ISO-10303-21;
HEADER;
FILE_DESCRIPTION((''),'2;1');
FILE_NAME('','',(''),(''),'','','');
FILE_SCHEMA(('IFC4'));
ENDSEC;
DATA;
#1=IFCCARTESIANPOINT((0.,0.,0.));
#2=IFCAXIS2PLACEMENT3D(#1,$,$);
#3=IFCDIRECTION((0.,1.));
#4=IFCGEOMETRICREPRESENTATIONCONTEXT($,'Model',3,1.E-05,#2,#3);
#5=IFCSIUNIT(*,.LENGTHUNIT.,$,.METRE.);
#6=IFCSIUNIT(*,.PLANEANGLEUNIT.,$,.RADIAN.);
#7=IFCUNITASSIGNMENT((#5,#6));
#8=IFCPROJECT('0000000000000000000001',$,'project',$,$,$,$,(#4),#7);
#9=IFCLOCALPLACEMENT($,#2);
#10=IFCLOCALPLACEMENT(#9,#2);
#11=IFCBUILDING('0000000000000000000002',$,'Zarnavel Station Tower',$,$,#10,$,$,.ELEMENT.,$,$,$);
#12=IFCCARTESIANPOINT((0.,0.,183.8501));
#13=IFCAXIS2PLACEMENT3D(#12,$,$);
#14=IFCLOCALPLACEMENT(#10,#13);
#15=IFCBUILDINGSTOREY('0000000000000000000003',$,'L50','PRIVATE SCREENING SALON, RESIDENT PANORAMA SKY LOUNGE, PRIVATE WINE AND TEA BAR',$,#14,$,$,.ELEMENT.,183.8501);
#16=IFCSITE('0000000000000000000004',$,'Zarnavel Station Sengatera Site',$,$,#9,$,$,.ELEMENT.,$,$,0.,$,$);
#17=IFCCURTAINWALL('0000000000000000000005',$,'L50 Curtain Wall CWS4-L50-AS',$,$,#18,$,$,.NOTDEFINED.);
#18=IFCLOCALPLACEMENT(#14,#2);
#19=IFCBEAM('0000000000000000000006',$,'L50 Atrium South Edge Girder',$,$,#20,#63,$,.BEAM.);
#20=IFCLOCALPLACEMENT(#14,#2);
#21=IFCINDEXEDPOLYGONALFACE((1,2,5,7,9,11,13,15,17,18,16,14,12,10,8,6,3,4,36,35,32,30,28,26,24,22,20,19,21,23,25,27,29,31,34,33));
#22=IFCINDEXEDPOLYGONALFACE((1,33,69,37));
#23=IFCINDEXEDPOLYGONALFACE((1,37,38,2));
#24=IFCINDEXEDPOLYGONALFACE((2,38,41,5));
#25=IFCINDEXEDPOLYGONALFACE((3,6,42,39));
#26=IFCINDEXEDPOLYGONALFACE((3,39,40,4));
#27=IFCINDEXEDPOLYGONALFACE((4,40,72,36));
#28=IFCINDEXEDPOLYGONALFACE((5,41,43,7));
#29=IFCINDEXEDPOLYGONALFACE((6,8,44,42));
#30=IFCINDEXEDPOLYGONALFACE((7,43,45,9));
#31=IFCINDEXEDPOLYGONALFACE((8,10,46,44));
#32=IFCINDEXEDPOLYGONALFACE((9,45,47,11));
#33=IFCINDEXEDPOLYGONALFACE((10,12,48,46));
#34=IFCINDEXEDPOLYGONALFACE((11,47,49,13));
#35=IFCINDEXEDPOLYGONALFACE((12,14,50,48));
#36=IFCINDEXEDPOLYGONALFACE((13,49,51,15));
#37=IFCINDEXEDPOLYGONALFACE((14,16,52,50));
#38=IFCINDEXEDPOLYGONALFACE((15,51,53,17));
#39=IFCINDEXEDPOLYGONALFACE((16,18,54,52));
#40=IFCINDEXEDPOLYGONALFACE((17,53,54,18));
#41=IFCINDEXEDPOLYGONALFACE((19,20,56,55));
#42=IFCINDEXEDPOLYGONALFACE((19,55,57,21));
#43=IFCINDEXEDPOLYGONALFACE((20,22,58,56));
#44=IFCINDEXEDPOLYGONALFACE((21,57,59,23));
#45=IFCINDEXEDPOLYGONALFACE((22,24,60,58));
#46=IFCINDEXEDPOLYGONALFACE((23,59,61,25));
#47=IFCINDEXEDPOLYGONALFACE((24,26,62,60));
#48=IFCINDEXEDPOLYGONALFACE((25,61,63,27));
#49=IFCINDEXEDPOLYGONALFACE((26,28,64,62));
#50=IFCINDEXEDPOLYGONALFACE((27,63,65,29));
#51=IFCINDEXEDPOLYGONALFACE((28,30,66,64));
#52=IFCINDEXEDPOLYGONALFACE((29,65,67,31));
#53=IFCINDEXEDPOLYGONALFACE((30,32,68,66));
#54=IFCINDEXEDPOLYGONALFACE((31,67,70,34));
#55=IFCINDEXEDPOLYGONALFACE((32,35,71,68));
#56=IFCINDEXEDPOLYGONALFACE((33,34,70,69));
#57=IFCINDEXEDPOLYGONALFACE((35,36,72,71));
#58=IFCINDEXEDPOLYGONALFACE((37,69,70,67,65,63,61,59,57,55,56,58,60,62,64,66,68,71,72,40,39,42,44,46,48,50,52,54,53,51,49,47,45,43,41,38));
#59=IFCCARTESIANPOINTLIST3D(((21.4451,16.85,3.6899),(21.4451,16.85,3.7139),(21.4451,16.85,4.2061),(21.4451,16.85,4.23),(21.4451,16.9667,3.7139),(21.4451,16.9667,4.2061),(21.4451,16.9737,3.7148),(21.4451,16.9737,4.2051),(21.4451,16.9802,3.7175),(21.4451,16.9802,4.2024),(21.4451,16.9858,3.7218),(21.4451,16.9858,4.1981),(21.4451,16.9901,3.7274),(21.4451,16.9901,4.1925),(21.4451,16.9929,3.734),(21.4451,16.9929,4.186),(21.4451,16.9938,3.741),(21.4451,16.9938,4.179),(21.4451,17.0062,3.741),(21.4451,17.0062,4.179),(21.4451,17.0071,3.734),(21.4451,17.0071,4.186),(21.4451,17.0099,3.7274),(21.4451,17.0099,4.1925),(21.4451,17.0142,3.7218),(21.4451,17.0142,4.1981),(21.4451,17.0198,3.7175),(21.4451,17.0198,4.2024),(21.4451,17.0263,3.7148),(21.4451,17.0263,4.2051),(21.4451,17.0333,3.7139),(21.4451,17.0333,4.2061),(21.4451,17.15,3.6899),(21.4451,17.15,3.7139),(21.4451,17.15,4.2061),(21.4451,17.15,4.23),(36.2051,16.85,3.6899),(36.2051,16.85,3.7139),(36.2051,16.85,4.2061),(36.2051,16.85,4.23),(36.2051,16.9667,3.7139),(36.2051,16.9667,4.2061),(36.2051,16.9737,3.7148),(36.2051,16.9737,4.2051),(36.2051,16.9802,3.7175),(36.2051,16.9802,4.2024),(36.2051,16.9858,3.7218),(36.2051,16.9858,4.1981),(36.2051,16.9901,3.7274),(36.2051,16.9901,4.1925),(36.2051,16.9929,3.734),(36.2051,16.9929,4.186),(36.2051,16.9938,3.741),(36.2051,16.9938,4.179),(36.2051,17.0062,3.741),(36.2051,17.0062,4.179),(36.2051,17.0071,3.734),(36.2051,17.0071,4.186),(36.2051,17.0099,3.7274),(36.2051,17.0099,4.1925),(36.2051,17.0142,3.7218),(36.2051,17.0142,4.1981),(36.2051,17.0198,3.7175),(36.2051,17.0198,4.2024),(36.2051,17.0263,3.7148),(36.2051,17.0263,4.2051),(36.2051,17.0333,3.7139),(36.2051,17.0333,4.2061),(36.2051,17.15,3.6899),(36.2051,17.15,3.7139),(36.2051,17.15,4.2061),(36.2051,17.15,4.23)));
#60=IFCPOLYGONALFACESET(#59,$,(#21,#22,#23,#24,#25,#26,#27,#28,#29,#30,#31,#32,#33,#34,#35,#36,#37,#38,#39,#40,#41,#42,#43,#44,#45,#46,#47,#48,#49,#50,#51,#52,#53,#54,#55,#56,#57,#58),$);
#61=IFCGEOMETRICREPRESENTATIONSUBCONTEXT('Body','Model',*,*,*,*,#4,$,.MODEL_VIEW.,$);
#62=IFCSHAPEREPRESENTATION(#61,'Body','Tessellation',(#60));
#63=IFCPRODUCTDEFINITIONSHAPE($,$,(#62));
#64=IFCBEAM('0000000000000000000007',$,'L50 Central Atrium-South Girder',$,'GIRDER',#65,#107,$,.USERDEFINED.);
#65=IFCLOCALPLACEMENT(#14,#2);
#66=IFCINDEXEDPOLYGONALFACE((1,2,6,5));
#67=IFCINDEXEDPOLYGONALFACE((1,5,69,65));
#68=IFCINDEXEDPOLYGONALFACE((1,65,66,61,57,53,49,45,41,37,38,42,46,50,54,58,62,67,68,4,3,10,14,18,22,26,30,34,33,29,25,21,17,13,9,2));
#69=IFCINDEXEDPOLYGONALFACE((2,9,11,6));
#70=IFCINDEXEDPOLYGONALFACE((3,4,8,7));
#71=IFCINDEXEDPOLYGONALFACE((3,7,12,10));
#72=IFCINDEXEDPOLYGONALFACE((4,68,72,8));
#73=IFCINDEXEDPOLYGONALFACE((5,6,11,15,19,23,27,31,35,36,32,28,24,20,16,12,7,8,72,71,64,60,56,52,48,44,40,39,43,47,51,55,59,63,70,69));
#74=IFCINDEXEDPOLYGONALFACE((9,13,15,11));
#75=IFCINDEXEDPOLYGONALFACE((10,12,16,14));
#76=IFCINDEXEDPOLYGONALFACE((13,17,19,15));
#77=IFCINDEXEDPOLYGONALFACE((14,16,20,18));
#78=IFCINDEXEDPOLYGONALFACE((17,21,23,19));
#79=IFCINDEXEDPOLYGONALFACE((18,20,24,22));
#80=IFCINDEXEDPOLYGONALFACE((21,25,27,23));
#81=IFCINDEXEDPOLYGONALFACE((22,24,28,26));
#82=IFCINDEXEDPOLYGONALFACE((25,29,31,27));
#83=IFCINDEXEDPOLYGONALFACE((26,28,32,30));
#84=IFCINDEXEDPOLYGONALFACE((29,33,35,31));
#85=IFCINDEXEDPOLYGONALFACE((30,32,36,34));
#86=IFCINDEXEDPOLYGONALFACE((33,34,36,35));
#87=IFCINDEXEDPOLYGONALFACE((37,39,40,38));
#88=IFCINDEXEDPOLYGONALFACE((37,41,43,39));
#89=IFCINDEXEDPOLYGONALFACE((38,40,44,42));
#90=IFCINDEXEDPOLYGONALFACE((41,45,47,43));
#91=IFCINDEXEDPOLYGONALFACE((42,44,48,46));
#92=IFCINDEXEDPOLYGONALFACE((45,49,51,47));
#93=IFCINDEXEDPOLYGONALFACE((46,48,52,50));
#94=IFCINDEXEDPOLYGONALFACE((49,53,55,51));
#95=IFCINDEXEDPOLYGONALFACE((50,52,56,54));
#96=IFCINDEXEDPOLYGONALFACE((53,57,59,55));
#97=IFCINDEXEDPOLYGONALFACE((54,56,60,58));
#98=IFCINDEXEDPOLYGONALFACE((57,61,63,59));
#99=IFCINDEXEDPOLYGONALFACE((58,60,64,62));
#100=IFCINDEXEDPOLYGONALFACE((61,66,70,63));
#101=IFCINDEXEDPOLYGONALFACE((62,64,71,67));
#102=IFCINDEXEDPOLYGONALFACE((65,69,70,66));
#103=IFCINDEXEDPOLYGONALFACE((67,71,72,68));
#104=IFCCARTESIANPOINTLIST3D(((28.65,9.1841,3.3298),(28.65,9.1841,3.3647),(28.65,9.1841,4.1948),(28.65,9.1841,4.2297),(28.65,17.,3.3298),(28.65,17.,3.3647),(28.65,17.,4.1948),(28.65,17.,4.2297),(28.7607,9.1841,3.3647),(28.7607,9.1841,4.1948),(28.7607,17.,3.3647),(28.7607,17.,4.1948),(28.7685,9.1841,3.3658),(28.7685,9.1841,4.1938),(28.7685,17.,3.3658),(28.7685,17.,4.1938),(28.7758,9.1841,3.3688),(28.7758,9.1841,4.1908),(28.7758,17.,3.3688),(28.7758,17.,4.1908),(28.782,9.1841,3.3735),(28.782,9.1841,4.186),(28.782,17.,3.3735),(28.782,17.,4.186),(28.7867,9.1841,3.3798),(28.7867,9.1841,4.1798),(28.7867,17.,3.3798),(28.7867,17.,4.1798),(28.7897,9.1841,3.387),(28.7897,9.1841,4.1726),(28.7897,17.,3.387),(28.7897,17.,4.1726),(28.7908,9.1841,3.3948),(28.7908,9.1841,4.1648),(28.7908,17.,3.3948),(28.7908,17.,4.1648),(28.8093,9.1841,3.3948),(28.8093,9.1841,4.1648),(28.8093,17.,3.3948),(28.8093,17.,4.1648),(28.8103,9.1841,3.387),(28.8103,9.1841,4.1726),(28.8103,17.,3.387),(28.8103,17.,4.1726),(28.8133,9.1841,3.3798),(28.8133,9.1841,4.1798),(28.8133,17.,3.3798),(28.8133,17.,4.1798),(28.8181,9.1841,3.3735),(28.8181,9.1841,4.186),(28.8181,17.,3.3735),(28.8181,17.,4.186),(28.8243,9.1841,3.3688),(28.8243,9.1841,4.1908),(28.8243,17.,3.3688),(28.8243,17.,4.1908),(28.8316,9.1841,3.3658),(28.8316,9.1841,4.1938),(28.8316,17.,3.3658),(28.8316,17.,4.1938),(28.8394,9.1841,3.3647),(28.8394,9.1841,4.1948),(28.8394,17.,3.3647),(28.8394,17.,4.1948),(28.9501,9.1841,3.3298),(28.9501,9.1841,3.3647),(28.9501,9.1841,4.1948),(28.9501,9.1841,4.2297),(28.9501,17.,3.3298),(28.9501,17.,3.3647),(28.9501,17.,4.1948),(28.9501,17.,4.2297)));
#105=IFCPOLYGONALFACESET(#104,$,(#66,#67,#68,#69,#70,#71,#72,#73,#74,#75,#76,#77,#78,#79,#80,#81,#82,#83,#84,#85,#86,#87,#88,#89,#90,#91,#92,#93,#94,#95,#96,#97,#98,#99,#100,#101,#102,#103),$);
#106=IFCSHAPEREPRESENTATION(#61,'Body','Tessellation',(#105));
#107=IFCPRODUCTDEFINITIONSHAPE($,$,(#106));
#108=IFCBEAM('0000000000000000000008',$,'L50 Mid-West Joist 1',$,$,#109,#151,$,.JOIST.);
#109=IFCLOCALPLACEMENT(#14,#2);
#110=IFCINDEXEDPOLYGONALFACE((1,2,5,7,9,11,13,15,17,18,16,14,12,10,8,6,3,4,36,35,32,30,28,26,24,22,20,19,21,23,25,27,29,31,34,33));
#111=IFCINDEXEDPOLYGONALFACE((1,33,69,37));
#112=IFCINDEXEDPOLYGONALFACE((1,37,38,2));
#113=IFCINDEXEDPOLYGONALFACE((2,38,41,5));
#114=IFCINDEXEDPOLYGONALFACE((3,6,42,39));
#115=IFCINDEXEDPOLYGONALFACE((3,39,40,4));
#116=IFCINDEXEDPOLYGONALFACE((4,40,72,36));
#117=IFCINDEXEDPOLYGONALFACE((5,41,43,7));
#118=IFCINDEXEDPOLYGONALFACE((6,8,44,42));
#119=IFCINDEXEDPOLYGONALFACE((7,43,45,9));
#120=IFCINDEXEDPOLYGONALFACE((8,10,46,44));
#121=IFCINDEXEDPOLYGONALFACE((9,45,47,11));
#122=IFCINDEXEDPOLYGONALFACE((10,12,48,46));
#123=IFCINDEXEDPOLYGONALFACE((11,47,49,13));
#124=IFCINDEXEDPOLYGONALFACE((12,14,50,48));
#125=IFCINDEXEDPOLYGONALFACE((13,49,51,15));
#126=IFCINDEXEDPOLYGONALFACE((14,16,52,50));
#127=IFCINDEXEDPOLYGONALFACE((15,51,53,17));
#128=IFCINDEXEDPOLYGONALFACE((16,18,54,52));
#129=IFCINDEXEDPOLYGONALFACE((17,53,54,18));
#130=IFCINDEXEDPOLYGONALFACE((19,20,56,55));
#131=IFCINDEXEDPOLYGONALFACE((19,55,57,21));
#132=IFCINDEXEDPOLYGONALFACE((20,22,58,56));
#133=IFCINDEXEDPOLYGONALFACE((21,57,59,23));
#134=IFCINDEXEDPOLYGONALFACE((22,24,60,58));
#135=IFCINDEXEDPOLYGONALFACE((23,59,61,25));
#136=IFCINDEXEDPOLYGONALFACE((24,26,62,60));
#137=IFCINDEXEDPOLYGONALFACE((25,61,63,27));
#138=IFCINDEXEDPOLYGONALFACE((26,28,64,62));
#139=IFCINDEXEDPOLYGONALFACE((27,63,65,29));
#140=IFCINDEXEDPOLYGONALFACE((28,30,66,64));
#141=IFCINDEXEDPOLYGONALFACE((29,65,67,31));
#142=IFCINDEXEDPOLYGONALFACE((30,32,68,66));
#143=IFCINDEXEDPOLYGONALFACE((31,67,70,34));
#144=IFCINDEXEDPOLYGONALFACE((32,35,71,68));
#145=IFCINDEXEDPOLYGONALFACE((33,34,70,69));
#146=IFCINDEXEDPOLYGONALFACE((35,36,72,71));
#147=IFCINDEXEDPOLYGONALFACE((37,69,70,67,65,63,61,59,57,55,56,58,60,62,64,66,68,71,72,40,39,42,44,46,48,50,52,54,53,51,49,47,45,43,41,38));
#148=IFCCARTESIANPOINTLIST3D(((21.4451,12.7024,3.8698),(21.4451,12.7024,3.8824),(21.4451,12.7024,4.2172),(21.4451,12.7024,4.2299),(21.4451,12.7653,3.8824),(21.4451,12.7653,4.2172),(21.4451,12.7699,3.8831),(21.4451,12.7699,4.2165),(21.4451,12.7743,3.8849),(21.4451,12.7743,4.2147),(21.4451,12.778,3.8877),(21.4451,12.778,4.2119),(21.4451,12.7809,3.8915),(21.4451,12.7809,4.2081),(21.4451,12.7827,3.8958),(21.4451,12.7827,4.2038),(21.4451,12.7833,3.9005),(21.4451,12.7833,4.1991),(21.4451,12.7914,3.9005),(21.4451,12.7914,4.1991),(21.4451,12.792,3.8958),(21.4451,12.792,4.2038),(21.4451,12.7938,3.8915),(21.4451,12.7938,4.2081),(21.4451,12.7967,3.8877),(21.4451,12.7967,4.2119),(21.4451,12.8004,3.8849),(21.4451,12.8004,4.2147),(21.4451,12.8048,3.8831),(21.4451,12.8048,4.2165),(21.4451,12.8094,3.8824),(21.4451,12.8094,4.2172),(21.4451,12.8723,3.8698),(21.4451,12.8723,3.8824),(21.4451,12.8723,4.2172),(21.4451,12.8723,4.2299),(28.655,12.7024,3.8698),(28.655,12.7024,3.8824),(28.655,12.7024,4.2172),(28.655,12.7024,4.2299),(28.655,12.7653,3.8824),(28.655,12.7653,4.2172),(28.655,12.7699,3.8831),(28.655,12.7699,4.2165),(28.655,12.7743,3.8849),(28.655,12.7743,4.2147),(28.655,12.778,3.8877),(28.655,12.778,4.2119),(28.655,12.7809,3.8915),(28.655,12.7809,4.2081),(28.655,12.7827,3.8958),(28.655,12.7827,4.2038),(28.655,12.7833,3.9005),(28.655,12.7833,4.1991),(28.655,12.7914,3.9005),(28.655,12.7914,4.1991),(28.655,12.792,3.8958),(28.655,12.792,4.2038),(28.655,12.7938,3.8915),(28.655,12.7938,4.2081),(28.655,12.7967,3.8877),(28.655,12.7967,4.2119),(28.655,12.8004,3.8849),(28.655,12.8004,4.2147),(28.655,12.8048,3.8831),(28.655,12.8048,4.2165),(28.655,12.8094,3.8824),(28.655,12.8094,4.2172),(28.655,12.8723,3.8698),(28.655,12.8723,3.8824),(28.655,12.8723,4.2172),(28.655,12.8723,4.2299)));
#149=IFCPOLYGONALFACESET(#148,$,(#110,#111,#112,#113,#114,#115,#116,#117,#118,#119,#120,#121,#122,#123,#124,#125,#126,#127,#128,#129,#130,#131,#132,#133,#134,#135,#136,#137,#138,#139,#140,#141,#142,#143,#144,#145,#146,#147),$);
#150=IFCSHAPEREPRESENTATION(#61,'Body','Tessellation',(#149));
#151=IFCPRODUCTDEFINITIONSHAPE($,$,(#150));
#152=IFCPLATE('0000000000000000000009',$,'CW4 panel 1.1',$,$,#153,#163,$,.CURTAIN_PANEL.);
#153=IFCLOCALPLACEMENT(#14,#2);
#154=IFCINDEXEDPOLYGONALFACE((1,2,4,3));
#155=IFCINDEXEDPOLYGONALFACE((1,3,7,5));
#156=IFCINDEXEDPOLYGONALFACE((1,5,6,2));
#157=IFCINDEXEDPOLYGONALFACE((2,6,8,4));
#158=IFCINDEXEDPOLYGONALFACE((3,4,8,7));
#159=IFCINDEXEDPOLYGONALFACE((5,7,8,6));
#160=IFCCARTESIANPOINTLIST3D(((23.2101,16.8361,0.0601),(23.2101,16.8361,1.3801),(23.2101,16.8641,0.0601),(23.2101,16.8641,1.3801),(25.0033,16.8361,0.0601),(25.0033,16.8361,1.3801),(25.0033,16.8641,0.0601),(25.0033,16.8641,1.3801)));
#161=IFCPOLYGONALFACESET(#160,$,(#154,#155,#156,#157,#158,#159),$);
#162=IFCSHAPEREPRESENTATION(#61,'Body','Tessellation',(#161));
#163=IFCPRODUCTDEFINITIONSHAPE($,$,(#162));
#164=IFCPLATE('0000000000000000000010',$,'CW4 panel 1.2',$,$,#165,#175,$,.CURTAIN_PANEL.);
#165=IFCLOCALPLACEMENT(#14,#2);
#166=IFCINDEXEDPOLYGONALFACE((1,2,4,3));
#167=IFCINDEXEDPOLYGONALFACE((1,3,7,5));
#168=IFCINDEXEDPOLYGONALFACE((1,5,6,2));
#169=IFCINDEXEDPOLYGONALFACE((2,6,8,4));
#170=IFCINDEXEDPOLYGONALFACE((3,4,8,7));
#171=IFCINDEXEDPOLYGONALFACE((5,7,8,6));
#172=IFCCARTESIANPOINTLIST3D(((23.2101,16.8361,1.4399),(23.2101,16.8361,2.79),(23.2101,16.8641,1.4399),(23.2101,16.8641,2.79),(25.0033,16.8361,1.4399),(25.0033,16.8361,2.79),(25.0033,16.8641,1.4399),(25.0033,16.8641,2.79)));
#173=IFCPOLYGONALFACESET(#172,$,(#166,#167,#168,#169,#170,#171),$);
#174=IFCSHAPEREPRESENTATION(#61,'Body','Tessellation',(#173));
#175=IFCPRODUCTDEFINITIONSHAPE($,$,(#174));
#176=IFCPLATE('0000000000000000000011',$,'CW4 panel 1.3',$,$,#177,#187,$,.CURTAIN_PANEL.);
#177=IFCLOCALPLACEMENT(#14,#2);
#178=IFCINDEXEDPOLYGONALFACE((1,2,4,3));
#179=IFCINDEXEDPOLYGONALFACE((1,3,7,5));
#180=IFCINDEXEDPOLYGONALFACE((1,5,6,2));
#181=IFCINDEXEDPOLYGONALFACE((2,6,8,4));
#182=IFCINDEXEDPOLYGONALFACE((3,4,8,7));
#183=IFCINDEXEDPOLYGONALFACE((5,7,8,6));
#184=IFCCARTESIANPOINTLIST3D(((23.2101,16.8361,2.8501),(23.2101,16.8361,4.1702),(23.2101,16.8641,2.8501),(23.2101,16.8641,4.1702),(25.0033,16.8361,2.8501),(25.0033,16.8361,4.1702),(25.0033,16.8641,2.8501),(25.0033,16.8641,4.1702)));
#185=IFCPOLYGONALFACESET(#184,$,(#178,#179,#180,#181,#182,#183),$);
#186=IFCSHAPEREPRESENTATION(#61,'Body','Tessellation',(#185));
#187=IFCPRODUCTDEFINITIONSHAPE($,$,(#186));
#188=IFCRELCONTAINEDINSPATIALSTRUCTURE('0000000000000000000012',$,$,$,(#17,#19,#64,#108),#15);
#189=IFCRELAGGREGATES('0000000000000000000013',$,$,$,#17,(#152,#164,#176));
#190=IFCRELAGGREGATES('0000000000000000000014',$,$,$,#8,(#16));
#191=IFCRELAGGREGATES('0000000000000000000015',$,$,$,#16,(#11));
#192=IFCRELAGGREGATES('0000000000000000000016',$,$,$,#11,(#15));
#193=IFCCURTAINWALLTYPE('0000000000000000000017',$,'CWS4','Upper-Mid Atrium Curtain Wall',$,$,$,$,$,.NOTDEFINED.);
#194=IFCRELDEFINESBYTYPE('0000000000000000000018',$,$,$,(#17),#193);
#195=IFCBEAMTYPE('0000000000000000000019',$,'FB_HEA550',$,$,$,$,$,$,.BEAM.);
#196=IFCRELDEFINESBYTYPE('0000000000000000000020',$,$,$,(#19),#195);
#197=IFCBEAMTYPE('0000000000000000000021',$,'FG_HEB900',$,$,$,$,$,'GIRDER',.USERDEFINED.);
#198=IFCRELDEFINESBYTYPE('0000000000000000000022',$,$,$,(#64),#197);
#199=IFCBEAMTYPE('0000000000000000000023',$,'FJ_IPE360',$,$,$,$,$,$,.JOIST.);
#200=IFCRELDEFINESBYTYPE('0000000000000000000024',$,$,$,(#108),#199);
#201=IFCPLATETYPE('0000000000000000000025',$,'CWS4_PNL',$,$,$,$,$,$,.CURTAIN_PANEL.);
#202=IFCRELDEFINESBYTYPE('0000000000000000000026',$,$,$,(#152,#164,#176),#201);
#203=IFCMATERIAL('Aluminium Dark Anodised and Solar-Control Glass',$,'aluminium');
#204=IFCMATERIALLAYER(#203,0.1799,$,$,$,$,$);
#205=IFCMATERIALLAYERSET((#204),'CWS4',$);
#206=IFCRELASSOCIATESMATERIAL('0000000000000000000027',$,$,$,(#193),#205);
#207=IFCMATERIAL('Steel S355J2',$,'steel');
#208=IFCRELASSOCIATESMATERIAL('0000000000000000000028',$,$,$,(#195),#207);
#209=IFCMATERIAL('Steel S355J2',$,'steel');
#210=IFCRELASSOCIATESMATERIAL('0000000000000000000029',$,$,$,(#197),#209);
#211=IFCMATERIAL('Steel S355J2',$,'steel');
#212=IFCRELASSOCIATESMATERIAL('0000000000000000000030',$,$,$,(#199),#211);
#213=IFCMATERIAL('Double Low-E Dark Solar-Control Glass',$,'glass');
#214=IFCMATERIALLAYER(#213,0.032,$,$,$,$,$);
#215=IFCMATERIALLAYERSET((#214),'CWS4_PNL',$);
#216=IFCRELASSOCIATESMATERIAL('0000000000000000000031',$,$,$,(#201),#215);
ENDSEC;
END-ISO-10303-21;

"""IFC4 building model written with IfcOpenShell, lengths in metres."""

from ifc_helpers import new_model, si_unit, direction, frame, origin, origin_2d, place, context, subcontext, project, spatial, rectangle, i_section, extrude, material, layer, layer_set, material_profile, profile_set, type_object, element, aggregate, save


model = new_model("IFC4")

# Units and contexts
model_context = context("Model", 3, precision=1e-05, world=origin(), true_north=direction((0.0, 1.0)))
body_context = subcontext(model_context, "Body", "Model", "MODEL_VIEW")
ifc_project = project(units=[si_unit("LENGTHUNIT", "METRE"), si_unit("PLANEANGLEUNIT", "RADIAN")], contexts=[model_context])

# Site, building, storey
site_placement = place(None, origin())
site = spatial("IfcSite", under=ifc_project, at=site_placement, Name="Zarnavel Station Sengatera Site", CompositionType="ELEMENT", RefElevation=0.0)
building_placement = place(site_placement, origin())
building = spatial("IfcBuilding", under=site, at=building_placement, Name="Zarnavel Station Tower", CompositionType="ELEMENT")
storey_placement = place(building_placement, frame((0.0, 0.0, 183.8501)))
storey = spatial("IfcBuildingStorey", under=building, at=storey_placement, Name="L50", Description="PRIVATE SCREENING SALON, RESIDENT PANORAMA SKY LOUNGE, PRIVATE WINE AND TEA BAR", CompositionType="ELEMENT", Elevation=183.8501)

# Curtain wall
ifc_material_1 = material(Name="Aluminium Dark Anodised and Solar-Control Glass", Category="aluminium")
ifc_layer_1 = layer(ifc_material_1, 0.1799)
ifc_layer_set_1 = layer_set([ifc_layer_1], Name="CWS4")
curtain_wall_type = type_object("IfcCurtainWallType", Name="CWS4", Description="Upper-Mid Atrium Curtain Wall", PredefinedType="NOTDEFINED", material=ifc_layer_set_1)
curtain_wall_placement = place(storey_placement, origin())
curtain_wall = element("IfcCurtainWall", 1, at=curtain_wall_placement, inside=storey, type_object=curtain_wall_type, Name="L50 Curtain Wall CWS4-L50-AS", PredefinedType="NOTDEFINED")

# Beams
ifc_material_2 = material(Name="Steel S355J2", Category="steel")
ifc_material_profile_1 = material_profile(ifc_material_2, i_section(OverallWidth=0.3, OverallDepth=0.54, WebThickness=0.0125, FlangeThickness=0.0239, FilletRadius=0.0271, at=origin_2d()), Name="HEA550")
ifc_profile_set_1 = profile_set([ifc_material_profile_1], Name="Steel S355J2")
beam_type_1 = type_object("IfcBeamType", Name="FB_HEA550", PredefinedType="BEAM", material=ifc_profile_set_1)
beam_1_placement = place(storey_placement, frame((21.4451, 17.0, 3.96), z_axis=(1.0, 0.0, 0.0), x_axis=(0.0, 1.0, 0.0)))
element("IfcBeam", 2, at=beam_1_placement, inside=storey, type_object=beam_type_1, Name="L50 Atrium South Edge Girder", PredefinedType="BEAM", context=body_context, shape_type="SweptSolid", body=[
    extrude(i_section(OverallWidth=0.3, OverallDepth=0.54, WebThickness=0.0125, FlangeThickness=0.0239, FilletRadius=0.0271, at=origin_2d()), origin(), (0.0, 0.0, 1.0), 14.76),
])
ifc_material_3 = material(Name="Steel S355J2", Category="steel")
ifc_material_profile_2 = material_profile(ifc_material_3, i_section(OverallWidth=0.3, OverallDepth=0.8999, WebThickness=0.0186, FlangeThickness=0.0349, FilletRadius=0.03, at=origin_2d()), Name="HEB900")
ifc_profile_set_2 = profile_set([ifc_material_profile_2], Name="Steel S355J2")
beam_type_2 = type_object("IfcBeamType", Name="FG_HEB900", ElementType="GIRDER", PredefinedType="USERDEFINED", material=ifc_profile_set_2)
beam_2_placement = place(storey_placement, frame((28.8, 9.1841, 3.7798), z_axis=(0.0, 1.0, 0.0), x_axis=(-1.0, 0.0, 0.0)))
element("IfcBeam", 3, at=beam_2_placement, inside=storey, type_object=beam_type_2, Name="L50 Central Atrium-South Girder", ObjectType="GIRDER", PredefinedType="USERDEFINED", context=body_context, shape_type="SweptSolid", body=[
    extrude(i_section(OverallWidth=0.3, OverallDepth=0.8999, WebThickness=0.0186, FlangeThickness=0.0349, FilletRadius=0.03, at=origin_2d()), origin(), (0.0, 0.0, 1.0), 7.8159),
])
ifc_material_4 = material(Name="Steel S355J2", Category="steel")
ifc_material_profile_3 = material_profile(ifc_material_4, i_section(OverallWidth=0.1699, OverallDepth=0.3601, WebThickness=0.0081, FlangeThickness=0.0127, FilletRadius=0.0181, at=origin_2d()), Name="IPE360")
ifc_profile_set_3 = profile_set([ifc_material_profile_3], Name="Steel S355J2")
beam_type_3 = type_object("IfcBeamType", Name="FJ_IPE360", PredefinedType="JOIST", material=ifc_profile_set_3)
beam_3_placement = place(storey_placement, frame((21.4451, 12.7874, 4.0498), z_axis=(1.0, 0.0, 0.0), x_axis=(0.0, 1.0, 0.0)))
element("IfcBeam", 4, at=beam_3_placement, inside=storey, type_object=beam_type_3, Name="L50 Mid-West Joist 1", PredefinedType="JOIST", context=body_context, shape_type="SweptSolid", body=[
    extrude(i_section(OverallWidth=0.1699, OverallDepth=0.3601, WebThickness=0.0081, FlangeThickness=0.0127, FilletRadius=0.0181, at=origin_2d()), origin(), (0.0, 0.0, 1.0), 7.21),
])

# Plates
ifc_material_5 = material(Name="Double Low-E Dark Solar-Control Glass", Category="glass")
ifc_layer_2 = layer(ifc_material_5, 0.032)
ifc_layer_set_2 = layer_set([ifc_layer_2], Name="CWS4_PNL")
plate_type_1 = type_object("IfcPlateType", Name="CWS4_PNL", PredefinedType="CURTAIN_PANEL", material=ifc_layer_set_2)
plate_1_placement = place(storey_placement, frame((24.1067, 16.8501, 0.0601), z_axis=(0.0, 0.0, 1.0), x_axis=(1.0, 0.0, 0.0)))
plate_1 = element("IfcPlate", 5, at=plate_1_placement, type_object=plate_type_1, Name="CW4 panel 1.1", PredefinedType="CURTAIN_PANEL", context=body_context, shape_type="SweptSolid", body=[
    extrude(rectangle(XDim=1.7932, YDim=0.0281, at=origin_2d()), origin(), (0.0, 0.0, 1.0), 1.3201),
])
plate_2_placement = place(storey_placement, frame((24.1067, 16.8501, 1.4399), z_axis=(0.0, 0.0, 1.0), x_axis=(1.0, 0.0, 0.0)))
plate_2 = element("IfcPlate", 6, at=plate_2_placement, type_object=plate_type_1, Name="CW4 panel 1.2", PredefinedType="CURTAIN_PANEL", context=body_context, shape_type="SweptSolid", body=[
    extrude(rectangle(XDim=1.7932, YDim=0.0281, at=origin_2d()), origin(), (0.0, 0.0, 1.0), 1.3501),
])
plate_3_placement = place(storey_placement, frame((24.1067, 16.8501, 2.8501), z_axis=(0.0, 0.0, 1.0), x_axis=(1.0, 0.0, 0.0)))
plate_3 = element("IfcPlate", 7, at=plate_3_placement, type_object=plate_type_1, Name="CW4 panel 1.3", PredefinedType="CURTAIN_PANEL", context=body_context, shape_type="SweptSolid", body=[
    extrude(rectangle(XDim=1.7932, YDim=0.0281, at=origin_2d()), origin(), (0.0, 0.0, 1.0), 1.3201),
])
aggregate(curtain_wall, [plate_1, plate_2, plate_3])

save(model, "model.ifc")
